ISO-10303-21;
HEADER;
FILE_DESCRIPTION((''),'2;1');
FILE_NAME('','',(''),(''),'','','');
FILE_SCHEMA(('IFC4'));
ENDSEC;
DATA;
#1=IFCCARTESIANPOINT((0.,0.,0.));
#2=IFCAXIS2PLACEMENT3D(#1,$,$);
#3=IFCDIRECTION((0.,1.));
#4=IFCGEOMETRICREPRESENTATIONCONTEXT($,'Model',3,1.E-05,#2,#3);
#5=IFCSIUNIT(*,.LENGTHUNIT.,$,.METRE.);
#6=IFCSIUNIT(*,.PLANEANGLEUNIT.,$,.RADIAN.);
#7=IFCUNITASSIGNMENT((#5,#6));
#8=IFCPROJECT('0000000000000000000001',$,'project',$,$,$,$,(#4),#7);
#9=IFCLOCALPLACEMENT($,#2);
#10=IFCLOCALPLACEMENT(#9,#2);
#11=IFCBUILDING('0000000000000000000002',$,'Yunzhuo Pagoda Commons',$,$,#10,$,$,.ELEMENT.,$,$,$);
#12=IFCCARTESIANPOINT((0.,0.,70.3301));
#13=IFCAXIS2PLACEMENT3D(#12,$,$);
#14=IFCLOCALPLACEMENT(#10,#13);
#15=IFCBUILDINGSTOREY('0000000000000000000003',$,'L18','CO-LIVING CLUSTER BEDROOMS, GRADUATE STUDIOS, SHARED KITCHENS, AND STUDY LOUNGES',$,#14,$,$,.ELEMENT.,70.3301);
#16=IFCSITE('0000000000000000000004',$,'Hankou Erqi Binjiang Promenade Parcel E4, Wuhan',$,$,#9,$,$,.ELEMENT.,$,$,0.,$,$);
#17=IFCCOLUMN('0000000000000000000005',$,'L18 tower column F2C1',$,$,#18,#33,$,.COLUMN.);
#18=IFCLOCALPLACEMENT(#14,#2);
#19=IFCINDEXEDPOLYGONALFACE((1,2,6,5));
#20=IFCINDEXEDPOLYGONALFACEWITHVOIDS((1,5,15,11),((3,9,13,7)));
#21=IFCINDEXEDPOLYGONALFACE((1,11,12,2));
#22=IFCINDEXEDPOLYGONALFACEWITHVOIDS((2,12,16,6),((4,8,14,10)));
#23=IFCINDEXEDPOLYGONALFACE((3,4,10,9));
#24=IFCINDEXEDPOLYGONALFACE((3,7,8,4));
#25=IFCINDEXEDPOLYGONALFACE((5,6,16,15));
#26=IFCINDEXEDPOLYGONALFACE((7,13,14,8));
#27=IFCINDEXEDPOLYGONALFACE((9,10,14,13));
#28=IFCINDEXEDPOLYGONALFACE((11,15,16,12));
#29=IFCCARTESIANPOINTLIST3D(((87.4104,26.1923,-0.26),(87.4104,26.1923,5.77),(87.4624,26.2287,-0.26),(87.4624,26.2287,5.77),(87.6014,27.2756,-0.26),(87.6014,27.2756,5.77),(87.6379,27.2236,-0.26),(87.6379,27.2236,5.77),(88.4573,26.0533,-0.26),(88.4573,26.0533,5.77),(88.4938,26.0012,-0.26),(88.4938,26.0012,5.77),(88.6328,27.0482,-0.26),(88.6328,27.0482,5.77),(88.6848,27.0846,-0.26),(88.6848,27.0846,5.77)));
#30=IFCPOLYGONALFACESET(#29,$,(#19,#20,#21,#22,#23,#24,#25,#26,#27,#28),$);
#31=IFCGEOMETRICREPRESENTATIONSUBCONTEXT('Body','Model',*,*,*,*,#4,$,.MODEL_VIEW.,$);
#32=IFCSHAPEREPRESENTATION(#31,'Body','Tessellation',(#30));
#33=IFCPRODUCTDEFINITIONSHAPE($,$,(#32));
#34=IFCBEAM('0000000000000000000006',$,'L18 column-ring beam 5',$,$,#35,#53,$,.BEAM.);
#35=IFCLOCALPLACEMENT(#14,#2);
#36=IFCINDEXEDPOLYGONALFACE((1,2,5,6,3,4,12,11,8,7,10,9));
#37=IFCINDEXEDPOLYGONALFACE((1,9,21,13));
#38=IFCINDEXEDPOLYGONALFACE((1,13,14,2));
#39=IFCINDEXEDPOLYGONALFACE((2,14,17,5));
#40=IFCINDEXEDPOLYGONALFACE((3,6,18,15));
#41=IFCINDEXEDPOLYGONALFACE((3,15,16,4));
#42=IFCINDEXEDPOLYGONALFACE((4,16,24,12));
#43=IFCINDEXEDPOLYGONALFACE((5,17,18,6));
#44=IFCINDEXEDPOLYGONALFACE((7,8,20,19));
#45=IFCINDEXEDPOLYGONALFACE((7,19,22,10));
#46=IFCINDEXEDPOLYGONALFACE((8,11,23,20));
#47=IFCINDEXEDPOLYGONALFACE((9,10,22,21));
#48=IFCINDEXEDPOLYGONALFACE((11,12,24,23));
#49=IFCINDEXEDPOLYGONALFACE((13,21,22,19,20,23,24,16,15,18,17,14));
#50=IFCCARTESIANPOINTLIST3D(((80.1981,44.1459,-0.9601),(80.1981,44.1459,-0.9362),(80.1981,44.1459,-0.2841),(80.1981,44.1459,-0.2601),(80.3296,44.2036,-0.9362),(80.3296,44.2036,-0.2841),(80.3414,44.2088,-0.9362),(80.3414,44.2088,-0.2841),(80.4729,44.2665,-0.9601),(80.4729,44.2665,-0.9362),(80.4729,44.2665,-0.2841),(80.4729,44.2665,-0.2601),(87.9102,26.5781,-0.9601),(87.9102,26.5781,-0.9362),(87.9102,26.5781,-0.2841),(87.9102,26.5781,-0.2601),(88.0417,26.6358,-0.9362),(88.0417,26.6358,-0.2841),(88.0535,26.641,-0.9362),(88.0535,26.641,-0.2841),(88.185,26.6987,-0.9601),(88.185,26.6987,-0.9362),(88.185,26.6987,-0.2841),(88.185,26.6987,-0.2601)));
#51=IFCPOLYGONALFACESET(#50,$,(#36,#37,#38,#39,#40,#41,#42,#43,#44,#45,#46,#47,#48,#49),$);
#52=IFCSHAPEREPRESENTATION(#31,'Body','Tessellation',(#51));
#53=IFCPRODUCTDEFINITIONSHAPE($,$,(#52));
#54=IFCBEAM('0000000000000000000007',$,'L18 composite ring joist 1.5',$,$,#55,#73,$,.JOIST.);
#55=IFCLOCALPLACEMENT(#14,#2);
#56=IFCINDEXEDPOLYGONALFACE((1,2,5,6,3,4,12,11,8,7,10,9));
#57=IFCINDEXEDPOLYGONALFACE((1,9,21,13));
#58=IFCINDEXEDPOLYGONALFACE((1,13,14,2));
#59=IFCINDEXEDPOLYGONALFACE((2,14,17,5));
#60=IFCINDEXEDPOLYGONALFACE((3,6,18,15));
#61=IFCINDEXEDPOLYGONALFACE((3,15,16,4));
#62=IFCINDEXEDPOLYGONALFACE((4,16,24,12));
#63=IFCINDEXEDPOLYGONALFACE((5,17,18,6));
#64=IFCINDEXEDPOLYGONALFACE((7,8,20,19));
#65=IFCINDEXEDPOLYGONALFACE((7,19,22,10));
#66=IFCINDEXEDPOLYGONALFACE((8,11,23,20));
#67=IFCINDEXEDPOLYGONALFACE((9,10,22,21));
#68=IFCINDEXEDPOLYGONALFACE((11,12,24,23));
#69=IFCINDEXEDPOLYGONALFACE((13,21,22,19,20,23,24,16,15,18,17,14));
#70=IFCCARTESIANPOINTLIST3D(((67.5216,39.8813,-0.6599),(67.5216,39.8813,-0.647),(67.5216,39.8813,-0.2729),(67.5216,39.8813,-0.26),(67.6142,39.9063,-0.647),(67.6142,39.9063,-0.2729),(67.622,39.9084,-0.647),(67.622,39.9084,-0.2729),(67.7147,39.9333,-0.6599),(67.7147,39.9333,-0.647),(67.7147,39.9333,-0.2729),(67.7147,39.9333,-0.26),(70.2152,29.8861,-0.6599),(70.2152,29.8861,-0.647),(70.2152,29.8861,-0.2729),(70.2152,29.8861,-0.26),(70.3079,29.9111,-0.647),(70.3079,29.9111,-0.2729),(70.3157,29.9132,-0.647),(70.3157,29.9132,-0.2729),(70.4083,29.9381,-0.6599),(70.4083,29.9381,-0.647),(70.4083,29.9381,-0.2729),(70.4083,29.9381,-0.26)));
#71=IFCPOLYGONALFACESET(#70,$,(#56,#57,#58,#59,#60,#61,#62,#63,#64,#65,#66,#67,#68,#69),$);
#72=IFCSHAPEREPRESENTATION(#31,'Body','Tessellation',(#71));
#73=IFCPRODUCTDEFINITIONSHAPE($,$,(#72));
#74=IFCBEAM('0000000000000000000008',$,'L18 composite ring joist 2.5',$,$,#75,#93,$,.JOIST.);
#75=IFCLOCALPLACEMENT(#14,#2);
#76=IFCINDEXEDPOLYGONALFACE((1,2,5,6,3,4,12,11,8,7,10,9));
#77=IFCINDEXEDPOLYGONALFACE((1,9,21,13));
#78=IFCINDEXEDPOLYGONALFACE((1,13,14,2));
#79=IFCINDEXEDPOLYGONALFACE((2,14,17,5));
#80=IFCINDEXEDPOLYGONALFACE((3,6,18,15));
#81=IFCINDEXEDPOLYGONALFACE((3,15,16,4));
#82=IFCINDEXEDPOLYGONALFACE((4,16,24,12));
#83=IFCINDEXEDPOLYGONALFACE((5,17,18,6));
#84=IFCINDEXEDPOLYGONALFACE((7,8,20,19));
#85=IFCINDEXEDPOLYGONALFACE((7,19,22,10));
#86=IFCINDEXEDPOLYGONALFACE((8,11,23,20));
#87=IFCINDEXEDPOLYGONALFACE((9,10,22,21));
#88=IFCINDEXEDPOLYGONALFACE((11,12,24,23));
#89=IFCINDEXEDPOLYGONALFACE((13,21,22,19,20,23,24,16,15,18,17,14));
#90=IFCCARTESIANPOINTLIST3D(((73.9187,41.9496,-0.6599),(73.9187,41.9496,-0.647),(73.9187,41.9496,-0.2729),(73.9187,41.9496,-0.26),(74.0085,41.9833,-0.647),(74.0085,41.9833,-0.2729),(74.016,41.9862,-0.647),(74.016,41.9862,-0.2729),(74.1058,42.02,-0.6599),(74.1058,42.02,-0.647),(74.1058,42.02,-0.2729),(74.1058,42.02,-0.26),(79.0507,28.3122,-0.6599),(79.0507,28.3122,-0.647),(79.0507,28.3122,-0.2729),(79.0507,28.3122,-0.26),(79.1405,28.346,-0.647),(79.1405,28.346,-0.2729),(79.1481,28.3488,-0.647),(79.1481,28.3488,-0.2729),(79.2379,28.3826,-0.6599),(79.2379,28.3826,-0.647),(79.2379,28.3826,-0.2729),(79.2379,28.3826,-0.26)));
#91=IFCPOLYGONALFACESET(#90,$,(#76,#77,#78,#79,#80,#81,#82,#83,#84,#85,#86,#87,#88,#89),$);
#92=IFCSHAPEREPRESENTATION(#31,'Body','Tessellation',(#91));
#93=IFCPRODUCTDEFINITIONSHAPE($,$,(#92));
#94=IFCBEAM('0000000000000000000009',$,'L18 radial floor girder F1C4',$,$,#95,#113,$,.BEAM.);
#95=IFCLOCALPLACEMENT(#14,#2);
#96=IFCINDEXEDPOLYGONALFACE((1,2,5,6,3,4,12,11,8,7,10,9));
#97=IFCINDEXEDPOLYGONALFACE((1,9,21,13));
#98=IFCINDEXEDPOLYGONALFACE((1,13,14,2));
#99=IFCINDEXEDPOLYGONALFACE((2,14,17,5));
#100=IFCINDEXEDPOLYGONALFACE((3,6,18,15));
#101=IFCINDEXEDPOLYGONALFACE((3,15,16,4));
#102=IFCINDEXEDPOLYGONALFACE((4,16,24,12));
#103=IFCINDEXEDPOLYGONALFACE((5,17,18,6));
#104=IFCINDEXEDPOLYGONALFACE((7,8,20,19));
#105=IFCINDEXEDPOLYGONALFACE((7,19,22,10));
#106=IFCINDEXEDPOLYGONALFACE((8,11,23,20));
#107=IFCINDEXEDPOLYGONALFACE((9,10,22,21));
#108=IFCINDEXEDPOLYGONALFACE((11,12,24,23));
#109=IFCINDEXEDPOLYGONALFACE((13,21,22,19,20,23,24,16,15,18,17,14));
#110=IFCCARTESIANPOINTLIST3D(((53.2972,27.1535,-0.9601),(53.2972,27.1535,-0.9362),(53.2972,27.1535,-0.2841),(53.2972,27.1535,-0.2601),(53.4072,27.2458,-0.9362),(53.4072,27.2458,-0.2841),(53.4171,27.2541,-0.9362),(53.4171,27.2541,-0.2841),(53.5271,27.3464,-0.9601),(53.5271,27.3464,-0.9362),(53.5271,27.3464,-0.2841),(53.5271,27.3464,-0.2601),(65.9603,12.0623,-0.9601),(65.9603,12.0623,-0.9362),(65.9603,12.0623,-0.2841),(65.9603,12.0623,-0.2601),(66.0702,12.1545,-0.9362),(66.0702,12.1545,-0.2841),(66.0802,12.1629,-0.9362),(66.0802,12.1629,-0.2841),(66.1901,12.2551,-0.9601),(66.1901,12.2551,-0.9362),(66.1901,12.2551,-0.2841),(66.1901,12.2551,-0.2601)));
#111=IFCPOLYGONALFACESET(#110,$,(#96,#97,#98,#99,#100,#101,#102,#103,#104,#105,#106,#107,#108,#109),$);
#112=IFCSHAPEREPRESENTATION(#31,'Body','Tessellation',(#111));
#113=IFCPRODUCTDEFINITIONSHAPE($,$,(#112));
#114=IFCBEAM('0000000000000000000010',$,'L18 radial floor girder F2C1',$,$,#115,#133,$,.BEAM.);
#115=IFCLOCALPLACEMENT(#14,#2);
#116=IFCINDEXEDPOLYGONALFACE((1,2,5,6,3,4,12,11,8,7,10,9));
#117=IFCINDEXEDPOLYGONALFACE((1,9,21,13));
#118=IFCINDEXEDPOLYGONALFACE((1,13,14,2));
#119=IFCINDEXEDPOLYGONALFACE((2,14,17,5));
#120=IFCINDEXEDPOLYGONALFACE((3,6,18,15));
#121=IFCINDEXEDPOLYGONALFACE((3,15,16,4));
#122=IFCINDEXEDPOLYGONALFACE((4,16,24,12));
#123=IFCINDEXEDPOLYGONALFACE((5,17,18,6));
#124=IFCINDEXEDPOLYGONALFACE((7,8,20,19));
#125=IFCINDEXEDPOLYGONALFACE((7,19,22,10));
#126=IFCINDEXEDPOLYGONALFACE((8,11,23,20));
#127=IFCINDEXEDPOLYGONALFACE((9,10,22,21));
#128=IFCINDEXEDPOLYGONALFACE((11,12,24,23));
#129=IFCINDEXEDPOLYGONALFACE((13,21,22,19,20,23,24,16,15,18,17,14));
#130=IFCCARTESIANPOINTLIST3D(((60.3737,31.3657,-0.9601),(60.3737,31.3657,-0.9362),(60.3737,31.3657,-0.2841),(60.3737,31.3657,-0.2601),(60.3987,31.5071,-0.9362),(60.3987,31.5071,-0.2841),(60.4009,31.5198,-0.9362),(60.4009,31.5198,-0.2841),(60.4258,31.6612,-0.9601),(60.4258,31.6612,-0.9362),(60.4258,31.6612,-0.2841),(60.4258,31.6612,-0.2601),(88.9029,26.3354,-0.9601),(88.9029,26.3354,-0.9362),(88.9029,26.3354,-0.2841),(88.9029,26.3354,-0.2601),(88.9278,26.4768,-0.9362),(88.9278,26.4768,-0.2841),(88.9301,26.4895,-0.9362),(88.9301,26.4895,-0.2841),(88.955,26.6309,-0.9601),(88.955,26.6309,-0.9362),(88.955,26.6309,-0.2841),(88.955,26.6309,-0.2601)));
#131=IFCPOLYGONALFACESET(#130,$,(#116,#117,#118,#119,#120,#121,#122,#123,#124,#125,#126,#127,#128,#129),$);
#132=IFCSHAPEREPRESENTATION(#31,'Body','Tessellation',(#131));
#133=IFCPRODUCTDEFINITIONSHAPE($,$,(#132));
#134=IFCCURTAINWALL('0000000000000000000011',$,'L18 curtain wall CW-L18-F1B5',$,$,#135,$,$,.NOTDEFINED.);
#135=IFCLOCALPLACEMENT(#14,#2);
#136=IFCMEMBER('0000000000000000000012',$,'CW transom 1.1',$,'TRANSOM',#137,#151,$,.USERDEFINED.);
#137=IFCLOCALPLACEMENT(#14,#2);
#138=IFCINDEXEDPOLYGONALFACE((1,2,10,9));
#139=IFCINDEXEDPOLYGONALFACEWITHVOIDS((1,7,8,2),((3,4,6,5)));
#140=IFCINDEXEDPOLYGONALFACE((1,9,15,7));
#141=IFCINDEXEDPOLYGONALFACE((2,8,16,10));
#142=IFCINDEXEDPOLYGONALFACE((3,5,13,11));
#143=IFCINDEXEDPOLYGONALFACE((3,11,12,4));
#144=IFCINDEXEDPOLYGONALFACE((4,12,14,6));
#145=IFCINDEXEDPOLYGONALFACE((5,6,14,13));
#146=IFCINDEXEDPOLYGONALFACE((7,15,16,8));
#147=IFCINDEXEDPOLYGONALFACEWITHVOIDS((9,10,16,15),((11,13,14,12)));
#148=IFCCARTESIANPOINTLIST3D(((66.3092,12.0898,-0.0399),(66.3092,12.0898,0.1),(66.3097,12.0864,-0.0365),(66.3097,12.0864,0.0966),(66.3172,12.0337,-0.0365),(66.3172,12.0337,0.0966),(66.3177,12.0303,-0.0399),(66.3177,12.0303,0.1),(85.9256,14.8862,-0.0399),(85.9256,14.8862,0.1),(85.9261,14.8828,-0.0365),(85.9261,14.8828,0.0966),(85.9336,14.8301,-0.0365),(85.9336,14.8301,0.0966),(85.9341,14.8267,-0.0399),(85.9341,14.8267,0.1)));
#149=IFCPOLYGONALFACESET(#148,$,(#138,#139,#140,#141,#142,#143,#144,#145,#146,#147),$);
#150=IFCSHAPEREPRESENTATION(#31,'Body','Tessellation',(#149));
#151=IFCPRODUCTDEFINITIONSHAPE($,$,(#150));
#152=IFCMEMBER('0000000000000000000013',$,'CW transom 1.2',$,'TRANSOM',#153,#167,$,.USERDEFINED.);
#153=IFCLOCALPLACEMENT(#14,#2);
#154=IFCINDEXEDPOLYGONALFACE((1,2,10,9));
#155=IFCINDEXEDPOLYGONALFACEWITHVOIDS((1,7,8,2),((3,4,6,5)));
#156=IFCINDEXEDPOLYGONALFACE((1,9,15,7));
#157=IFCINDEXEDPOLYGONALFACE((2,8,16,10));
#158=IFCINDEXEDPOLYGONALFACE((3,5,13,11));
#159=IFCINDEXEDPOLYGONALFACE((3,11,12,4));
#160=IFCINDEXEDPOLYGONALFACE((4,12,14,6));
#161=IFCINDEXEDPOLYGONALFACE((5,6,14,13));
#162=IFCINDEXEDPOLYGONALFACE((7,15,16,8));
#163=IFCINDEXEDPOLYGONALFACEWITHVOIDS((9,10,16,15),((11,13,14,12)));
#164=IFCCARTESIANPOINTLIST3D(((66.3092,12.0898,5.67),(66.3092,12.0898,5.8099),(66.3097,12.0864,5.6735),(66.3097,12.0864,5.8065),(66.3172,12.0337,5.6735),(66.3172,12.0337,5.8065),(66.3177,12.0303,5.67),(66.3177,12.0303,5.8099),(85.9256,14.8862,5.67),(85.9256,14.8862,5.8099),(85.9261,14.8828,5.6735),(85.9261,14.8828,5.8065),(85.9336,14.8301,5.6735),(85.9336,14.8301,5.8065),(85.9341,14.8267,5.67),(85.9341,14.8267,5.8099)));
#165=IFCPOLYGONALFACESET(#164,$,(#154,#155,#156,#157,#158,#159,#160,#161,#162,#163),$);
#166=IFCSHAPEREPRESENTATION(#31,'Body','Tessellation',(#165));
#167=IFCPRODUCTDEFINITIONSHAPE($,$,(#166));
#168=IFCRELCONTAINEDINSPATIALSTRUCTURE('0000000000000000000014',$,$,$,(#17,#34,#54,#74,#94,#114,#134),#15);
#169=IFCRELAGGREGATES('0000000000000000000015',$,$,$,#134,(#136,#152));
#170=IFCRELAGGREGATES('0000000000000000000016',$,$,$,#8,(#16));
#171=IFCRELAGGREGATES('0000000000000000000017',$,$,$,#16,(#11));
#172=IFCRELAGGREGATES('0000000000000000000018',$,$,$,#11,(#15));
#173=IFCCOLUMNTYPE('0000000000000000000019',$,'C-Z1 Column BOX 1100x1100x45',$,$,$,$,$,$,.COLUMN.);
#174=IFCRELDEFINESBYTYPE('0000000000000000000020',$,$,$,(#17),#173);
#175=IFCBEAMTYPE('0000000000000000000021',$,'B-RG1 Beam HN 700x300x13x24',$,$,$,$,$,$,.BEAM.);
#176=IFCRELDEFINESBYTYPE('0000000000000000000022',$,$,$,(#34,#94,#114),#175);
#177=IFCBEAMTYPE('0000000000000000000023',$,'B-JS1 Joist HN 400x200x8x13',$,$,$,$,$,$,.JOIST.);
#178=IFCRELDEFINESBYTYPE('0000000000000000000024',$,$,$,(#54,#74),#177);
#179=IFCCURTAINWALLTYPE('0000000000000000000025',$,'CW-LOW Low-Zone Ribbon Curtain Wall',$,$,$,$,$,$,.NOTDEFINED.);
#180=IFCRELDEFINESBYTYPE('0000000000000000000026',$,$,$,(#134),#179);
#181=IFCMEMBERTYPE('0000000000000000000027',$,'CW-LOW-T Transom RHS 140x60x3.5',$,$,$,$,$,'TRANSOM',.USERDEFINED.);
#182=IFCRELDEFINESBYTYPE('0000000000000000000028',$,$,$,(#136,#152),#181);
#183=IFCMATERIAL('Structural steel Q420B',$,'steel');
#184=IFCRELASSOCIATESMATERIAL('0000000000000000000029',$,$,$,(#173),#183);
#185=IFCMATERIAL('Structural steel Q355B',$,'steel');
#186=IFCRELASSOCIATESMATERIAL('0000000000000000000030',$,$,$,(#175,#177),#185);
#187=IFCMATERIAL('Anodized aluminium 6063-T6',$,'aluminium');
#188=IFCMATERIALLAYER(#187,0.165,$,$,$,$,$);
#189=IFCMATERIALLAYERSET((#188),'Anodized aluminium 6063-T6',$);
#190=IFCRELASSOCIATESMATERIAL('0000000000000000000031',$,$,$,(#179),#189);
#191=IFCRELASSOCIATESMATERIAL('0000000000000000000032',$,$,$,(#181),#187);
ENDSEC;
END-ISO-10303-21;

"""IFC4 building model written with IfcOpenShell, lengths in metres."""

from ifc_helpers import new_model, si_unit, direction, frame, origin, origin_2d, place, context, subcontext, project, spatial, hollow_rectangle, i_section, extrude, source, transform, mapped, material, layer, layer_set, material_profile, profile_set, type_object, element, aggregate, save


model = new_model("IFC4")

# Units and contexts
model_context = context("Model", 3, precision=1e-05, world=origin(), true_north=direction((0.0, 1.0)))
body_context = subcontext(model_context, "Body", "Model", "MODEL_VIEW")
ifc_project = project(units=[si_unit("LENGTHUNIT", "METRE"), si_unit("PLANEANGLEUNIT", "RADIAN")], contexts=[model_context])

# Site, building, storey
site_placement = place(None, origin())
site = spatial("IfcSite", under=ifc_project, at=site_placement, Name="Hankou Erqi Binjiang Promenade Parcel E4, Wuhan", CompositionType="ELEMENT", RefElevation=0.0)
building_placement = place(site_placement, origin())
building = spatial("IfcBuilding", under=site, at=building_placement, Name="Yunzhuo Pagoda Commons", CompositionType="ELEMENT")
storey_placement = place(building_placement, frame((0.0, 0.0, 70.3301)))
storey = spatial("IfcBuildingStorey", under=building, at=storey_placement, Name="L18", Description="CO-LIVING CLUSTER BEDROOMS, GRADUATE STUDIOS, SHARED KITCHENS, AND STUDY LOUNGES", CompositionType="ELEMENT", Elevation=70.3301)

# Column
ifc_material_1 = material(Name="Structural steel Q420B", Category="steel")
ifc_material_profile_1 = material_profile(ifc_material_1, hollow_rectangle(XDim=1.1001, YDim=1.1001, WallThickness=0.0449, at=origin_2d()), Name="Structural steel Q420B")
ifc_profile_set_1 = profile_set([ifc_material_profile_1], Name="Structural steel Q420B")
column_type = type_object("IfcColumnType", Name="C-Z1 Column BOX 1100x1100x45", PredefinedType="COLUMN", material=ifc_profile_set_1)
shared_shape_1 = source(origin(), body_context, "Body", "SweptSolid", [
    extrude(hollow_rectangle(XDim=1.1001, YDim=1.1001, WallThickness=0.0449, at=origin_2d()), origin(), (0.0, 0.0, 1.0), 6.03),
])
column_placement = place(storey_placement, frame((88.0476, 26.6384, -0.26), z_axis=(0.0, 0.0, 1.0), x_axis=(0.173648, 0.984808, 0.0)))
element("IfcColumn", 1, at=column_placement, inside=storey, type_object=column_type, Name="L18 tower column F2C1", PredefinedType="COLUMN", context=body_context, shape_type="MappedRepresentation", body=[
    mapped(shared_shape_1, transform((0.0, 0.0, 0.0), scale=1.0)),
])

# Beams
ifc_material_2 = material(Name="Structural steel Q355B", Category="steel")
ifc_material_profile_2 = material_profile(ifc_material_2, i_section(OverallWidth=0.3, OverallDepth=0.7, WebThickness=0.0129, FlangeThickness=0.0239, at=origin_2d()), Name="Structural steel Q355B")
ifc_profile_set_2 = profile_set([ifc_material_profile_2], Name="Structural steel Q355B")
beam_type_1 = type_object("IfcBeamType", Name="B-RG1 Beam HN 700x300x13x24", PredefinedType="BEAM", material=ifc_profile_set_2)
shared_shape_2 = source(origin(), body_context, "Body", "SweptSolid", [
    extrude(i_section(OverallWidth=0.3, OverallDepth=0.7, WebThickness=0.0129, FlangeThickness=0.0239, at=origin_2d()), origin(), (0.0, 0.0, 1.0), 19.186),
])
beam_1_placement = place(storey_placement, frame((88.0476, 26.6384, -0.6101), z_axis=(-0.401965, 0.915655, 0.0), x_axis=(-0.915655, -0.401965, 0.0)))
element("IfcBeam", 2, at=beam_1_placement, inside=storey, type_object=beam_type_1, Name="L18 column-ring beam 5", PredefinedType="BEAM", context=body_context, shape_type="MappedRepresentation", body=[
    mapped(shared_shape_2, transform((0.0, 0.0, 0.0), scale=1.0)),
])
ifc_material_profile_3 = material_profile(ifc_material_2, i_section(OverallWidth=0.2, OverallDepth=0.3999, WebThickness=0.0081, FlangeThickness=0.0129, at=origin_2d()), Name="Structural steel Q355B")
ifc_profile_set_3 = profile_set([ifc_material_profile_3], Name="Structural steel Q355B")
beam_type_2 = type_object("IfcBeamType", Name="B-JS1 Joist HN 400x200x8x13", PredefinedType="JOIST", material=ifc_profile_set_3)
shared_shape_3 = source(origin(), body_context, "Body", "SweptSolid", [
    extrude(i_section(OverallWidth=0.2, OverallDepth=0.3999, WebThickness=0.0081, FlangeThickness=0.0129, at=origin_2d()), origin(), (0.0, 0.0, 1.0), 10.3518),
])
beam_2_placement = place(storey_placement, frame((70.3118, 29.9121, -0.46), z_axis=(-0.260209, 0.965552, 0.0), x_axis=(-0.965552, -0.260209, 0.0)))
element("IfcBeam", 3, at=beam_2_placement, inside=storey, type_object=beam_type_2, Name="L18 composite ring joist 1.5", PredefinedType="JOIST", context=body_context, shape_type="MappedRepresentation", body=[
    mapped(shared_shape_3, transform((0.0, 0.0, 0.0), scale=1.0)),
])
shared_shape_4 = source(origin(), body_context, "Body", "SweptSolid", [
    extrude(i_section(OverallWidth=0.2, OverallDepth=0.3999, WebThickness=0.0081, FlangeThickness=0.0129, at=origin_2d()), origin(), (0.0, 0.0, 1.0), 14.571),
])
beam_3_placement = place(storey_placement, frame((79.1443, 28.3474, -0.46), z_axis=(-0.352208, 0.935922, 0.0), x_axis=(-0.935922, -0.352208, 0.0)))
element("IfcBeam", 4, at=beam_3_placement, inside=storey, type_object=beam_type_2, Name="L18 composite ring joist 2.5", PredefinedType="JOIST", context=body_context, shape_type="MappedRepresentation", body=[
    mapped(shared_shape_4, transform((0.0, 0.0, 0.0), scale=1.0)),
])
shared_shape_5 = source(origin(), body_context, "Body", "SweptSolid", [
    extrude(i_section(OverallWidth=0.3, OverallDepth=0.7, WebThickness=0.0129, FlangeThickness=0.0239, at=origin_2d()), origin(), (0.0, 0.0, 1.0), 19.7002),
])
beam_4_placement = place(storey_placement, frame((66.0752, 12.1587, -0.6101), z_axis=(-0.642787, 0.766045, 0.0), x_axis=(-0.766045, -0.642787, 0.0)))
element("IfcBeam", 5, at=beam_4_placement, inside=storey, type_object=beam_type_1, Name="L18 radial floor girder F1C4", PredefinedType="BEAM", context=body_context, shape_type="MappedRepresentation", body=[
    mapped(shared_shape_5, transform((0.0, 0.0, 0.0), scale=1.0)),
])
shared_shape_6 = source(origin(), body_context, "Body", "SweptSolid", [
    extrude(i_section(OverallWidth=0.3, OverallDepth=0.7, WebThickness=0.0129, FlangeThickness=0.0239, at=origin_2d()), origin(), (0.0, 0.0, 1.0), 28.9692),
])
beam_5_placement = place(storey_placement, frame((88.929, 26.4832, -0.6101), z_axis=(-0.984809, 0.173643, 0.0), x_axis=(-0.173643, -0.984809, 0.0)))
element("IfcBeam", 6, at=beam_5_placement, inside=storey, type_object=beam_type_1, Name="L18 radial floor girder F2C1", PredefinedType="BEAM", context=body_context, shape_type="MappedRepresentation", body=[
    mapped(shared_shape_6, transform((0.0, 0.0, 0.0), scale=1.0)),
])

# Curtain wall, members
ifc_material_3 = material(Name="Anodized aluminium 6063-T6", Category="aluminium")
ifc_layer_1 = layer(ifc_material_3, 0.165)
ifc_layer_set_1 = layer_set([ifc_layer_1], Name="Anodized aluminium 6063-T6")
curtain_wall_type_1 = type_object("IfcCurtainWallType", Name="CW-LOW Low-Zone Ribbon Curtain Wall", PredefinedType="NOTDEFINED", material=ifc_layer_set_1)
curtain_wall_1_placement = place(storey_placement, origin())
curtain_wall_1 = element("IfcCurtainWall", 7, at=curtain_wall_1_placement, inside=storey, type_object=curtain_wall_type_1, Name="L18 curtain wall CW-L18-F1B5", PredefinedType="NOTDEFINED")
ifc_material_profile_4 = material_profile(ifc_material_3, hollow_rectangle(XDim=0.0601, YDim=0.1399, WallThickness=0.0034, at=origin_2d()), Name="Anodized aluminium 6063-T6")
ifc_profile_set_4 = profile_set([ifc_material_profile_4], Name="Anodized aluminium 6063-T6")
member_type_1 = type_object("IfcMemberType", Name="CW-LOW-T Transom RHS 140x60x3.5", ElementType="TRANSOM", PredefinedType="USERDEFINED", material=ifc_profile_set_4)
shared_shape_7 = source(origin(), body_context, "Body", "SweptSolid", [
    extrude(hollow_rectangle(XDim=0.0601, YDim=0.1399, WallThickness=0.0034, at=origin_2d()), origin(), (0.0, 0.0, 1.0), 19.8147),
])
member_1_placement = place(storey_placement, frame((66.3135, 12.0601, 0.03), z_axis=(0.989992, 0.141126, 0.0), x_axis=(-0.141126, 0.989992, 0.0)))
member_1 = element("IfcMember", 8, at=member_1_placement, type_object=member_type_1, Name="CW transom 1.1", ObjectType="TRANSOM", PredefinedType="USERDEFINED", context=body_context, shape_type="MappedRepresentation", body=[
    mapped(shared_shape_7, transform((0.0, 0.0, 0.0), scale=1.0)),
])
member_2_placement = place(storey_placement, frame((66.3135, 12.0601, 5.74), z_axis=(0.989992, 0.141126, 0.0), x_axis=(-0.141126, 0.989992, 0.0)))
member_2 = element("IfcMember", 9, at=member_2_placement, type_object=member_type_1, Name="CW transom 1.2", ObjectType="TRANSOM", PredefinedType="USERDEFINED", context=body_context, shape_type="MappedRepresentation", body=[
    mapped(shared_shape_7, transform((0.0, 0.0, 0.0), scale=1.0)),
])

aggregate(curtain_wall_1, [member_1, member_2])

save(model, "model.ifc")
